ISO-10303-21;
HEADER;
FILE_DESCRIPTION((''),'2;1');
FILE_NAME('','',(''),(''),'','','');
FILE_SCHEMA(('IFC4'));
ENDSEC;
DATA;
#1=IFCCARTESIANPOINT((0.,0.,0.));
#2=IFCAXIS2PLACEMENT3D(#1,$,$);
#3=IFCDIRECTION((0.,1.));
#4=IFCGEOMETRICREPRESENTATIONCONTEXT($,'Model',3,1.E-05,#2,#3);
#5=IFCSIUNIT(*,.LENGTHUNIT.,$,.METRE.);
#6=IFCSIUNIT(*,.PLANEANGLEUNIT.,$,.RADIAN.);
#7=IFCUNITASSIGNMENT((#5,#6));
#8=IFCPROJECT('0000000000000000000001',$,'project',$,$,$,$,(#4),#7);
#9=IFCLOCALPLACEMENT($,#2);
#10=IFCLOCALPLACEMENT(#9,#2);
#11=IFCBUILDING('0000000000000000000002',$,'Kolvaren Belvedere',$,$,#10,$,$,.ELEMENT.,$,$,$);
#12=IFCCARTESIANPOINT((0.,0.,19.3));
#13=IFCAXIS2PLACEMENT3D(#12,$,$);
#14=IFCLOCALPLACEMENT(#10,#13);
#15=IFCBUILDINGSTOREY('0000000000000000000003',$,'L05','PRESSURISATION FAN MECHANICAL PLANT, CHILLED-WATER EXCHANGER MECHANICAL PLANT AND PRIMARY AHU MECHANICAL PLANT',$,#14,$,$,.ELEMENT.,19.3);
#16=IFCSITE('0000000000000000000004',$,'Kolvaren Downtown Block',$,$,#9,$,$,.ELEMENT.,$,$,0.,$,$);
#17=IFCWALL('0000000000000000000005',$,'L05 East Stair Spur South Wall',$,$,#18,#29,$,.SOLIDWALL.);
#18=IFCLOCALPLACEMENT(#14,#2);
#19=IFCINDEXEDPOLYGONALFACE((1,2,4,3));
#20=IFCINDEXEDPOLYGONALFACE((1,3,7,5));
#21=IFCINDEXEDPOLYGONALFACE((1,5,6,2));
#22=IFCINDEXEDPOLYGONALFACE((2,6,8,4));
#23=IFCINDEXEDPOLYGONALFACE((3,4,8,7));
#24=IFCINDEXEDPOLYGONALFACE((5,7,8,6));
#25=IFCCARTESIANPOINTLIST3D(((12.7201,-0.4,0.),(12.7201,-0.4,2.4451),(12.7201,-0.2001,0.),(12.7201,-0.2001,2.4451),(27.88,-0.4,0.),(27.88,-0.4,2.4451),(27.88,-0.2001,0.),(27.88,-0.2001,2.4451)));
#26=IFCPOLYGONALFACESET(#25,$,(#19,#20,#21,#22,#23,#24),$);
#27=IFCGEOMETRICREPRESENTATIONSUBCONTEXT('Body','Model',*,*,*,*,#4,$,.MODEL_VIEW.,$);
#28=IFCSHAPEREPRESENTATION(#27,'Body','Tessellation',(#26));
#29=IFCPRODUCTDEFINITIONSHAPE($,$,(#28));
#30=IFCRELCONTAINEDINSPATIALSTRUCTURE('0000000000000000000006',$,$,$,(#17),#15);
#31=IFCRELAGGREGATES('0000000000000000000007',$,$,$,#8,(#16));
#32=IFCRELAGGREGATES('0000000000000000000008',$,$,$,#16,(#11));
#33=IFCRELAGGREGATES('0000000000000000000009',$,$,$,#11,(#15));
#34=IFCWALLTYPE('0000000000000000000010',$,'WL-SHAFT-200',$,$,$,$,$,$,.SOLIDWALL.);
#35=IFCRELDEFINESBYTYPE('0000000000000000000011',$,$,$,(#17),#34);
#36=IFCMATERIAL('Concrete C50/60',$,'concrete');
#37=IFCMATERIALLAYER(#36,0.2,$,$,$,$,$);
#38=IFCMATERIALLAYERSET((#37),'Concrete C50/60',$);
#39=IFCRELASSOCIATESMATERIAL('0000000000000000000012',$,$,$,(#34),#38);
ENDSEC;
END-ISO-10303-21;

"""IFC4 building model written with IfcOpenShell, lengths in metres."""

from ifc_helpers import new_model, si_unit, direction, frame, frame_2d, origin, place, context, subcontext, project, spatial, rectangle, extrude, material, layer, layer_set, type_object, element, save


model = new_model("IFC4")

# Units and contexts
model_context = context("Model", 3, precision=1e-05, world=origin(), true_north=direction((0.0, 1.0)))
body_context = subcontext(model_context, "Body", "Model", "MODEL_VIEW")
ifc_project = project(units=[si_unit("LENGTHUNIT", "METRE"), si_unit("PLANEANGLEUNIT", "RADIAN")], contexts=[model_context])

# Site, building, storey
site_placement = place(None, origin())
site = spatial("IfcSite", under=ifc_project, at=site_placement, Name="Kolvaren Downtown Block", CompositionType="ELEMENT", RefElevation=0.0)
building_placement = place(site_placement, origin())
building = spatial("IfcBuilding", under=site, at=building_placement, Name="Kolvaren Belvedere", CompositionType="ELEMENT")
storey_placement = place(building_placement, frame((0.0, 0.0, 19.3)))
storey = spatial("IfcBuildingStorey", under=building, at=storey_placement, Name="L05", Description="PRESSURISATION FAN MECHANICAL PLANT, CHILLED-WATER EXCHANGER MECHANICAL PLANT AND PRIMARY AHU MECHANICAL PLANT", CompositionType="ELEMENT", Elevation=19.3)

# Shared definitions
ifc_material_1 = material(Name="Concrete C50/60", Category="concrete")
ifc_layer_1 = layer(ifc_material_1, 0.2)
ifc_layer_set_1 = layer_set([ifc_layer_1], Name="Concrete C50/60")
wall_type_1 = type_object("IfcWallType", Name="WL-SHAFT-200", PredefinedType="SOLIDWALL", material=ifc_layer_set_1)

# Wall
wall_1_placement = place(storey_placement, frame((12.72, -0.3, 0.0), z_axis=(0.0, 0.0, 1.0), x_axis=(1.0, 0.0, 0.0)))
element("IfcWall", 1, at=wall_1_placement, inside=storey, type_object=wall_type_1, Name="L05 East Stair Spur South Wall", PredefinedType="SOLIDWALL", context=body_context, shape_type="SweptSolid", body=[
    extrude(rectangle(XDim=15.1599, YDim=0.2, at=frame_2d((7.5801, 0.0))), origin(), (0.0, 0.0, 1.0), 2.4451),
])

save(model, "model.ifc")
